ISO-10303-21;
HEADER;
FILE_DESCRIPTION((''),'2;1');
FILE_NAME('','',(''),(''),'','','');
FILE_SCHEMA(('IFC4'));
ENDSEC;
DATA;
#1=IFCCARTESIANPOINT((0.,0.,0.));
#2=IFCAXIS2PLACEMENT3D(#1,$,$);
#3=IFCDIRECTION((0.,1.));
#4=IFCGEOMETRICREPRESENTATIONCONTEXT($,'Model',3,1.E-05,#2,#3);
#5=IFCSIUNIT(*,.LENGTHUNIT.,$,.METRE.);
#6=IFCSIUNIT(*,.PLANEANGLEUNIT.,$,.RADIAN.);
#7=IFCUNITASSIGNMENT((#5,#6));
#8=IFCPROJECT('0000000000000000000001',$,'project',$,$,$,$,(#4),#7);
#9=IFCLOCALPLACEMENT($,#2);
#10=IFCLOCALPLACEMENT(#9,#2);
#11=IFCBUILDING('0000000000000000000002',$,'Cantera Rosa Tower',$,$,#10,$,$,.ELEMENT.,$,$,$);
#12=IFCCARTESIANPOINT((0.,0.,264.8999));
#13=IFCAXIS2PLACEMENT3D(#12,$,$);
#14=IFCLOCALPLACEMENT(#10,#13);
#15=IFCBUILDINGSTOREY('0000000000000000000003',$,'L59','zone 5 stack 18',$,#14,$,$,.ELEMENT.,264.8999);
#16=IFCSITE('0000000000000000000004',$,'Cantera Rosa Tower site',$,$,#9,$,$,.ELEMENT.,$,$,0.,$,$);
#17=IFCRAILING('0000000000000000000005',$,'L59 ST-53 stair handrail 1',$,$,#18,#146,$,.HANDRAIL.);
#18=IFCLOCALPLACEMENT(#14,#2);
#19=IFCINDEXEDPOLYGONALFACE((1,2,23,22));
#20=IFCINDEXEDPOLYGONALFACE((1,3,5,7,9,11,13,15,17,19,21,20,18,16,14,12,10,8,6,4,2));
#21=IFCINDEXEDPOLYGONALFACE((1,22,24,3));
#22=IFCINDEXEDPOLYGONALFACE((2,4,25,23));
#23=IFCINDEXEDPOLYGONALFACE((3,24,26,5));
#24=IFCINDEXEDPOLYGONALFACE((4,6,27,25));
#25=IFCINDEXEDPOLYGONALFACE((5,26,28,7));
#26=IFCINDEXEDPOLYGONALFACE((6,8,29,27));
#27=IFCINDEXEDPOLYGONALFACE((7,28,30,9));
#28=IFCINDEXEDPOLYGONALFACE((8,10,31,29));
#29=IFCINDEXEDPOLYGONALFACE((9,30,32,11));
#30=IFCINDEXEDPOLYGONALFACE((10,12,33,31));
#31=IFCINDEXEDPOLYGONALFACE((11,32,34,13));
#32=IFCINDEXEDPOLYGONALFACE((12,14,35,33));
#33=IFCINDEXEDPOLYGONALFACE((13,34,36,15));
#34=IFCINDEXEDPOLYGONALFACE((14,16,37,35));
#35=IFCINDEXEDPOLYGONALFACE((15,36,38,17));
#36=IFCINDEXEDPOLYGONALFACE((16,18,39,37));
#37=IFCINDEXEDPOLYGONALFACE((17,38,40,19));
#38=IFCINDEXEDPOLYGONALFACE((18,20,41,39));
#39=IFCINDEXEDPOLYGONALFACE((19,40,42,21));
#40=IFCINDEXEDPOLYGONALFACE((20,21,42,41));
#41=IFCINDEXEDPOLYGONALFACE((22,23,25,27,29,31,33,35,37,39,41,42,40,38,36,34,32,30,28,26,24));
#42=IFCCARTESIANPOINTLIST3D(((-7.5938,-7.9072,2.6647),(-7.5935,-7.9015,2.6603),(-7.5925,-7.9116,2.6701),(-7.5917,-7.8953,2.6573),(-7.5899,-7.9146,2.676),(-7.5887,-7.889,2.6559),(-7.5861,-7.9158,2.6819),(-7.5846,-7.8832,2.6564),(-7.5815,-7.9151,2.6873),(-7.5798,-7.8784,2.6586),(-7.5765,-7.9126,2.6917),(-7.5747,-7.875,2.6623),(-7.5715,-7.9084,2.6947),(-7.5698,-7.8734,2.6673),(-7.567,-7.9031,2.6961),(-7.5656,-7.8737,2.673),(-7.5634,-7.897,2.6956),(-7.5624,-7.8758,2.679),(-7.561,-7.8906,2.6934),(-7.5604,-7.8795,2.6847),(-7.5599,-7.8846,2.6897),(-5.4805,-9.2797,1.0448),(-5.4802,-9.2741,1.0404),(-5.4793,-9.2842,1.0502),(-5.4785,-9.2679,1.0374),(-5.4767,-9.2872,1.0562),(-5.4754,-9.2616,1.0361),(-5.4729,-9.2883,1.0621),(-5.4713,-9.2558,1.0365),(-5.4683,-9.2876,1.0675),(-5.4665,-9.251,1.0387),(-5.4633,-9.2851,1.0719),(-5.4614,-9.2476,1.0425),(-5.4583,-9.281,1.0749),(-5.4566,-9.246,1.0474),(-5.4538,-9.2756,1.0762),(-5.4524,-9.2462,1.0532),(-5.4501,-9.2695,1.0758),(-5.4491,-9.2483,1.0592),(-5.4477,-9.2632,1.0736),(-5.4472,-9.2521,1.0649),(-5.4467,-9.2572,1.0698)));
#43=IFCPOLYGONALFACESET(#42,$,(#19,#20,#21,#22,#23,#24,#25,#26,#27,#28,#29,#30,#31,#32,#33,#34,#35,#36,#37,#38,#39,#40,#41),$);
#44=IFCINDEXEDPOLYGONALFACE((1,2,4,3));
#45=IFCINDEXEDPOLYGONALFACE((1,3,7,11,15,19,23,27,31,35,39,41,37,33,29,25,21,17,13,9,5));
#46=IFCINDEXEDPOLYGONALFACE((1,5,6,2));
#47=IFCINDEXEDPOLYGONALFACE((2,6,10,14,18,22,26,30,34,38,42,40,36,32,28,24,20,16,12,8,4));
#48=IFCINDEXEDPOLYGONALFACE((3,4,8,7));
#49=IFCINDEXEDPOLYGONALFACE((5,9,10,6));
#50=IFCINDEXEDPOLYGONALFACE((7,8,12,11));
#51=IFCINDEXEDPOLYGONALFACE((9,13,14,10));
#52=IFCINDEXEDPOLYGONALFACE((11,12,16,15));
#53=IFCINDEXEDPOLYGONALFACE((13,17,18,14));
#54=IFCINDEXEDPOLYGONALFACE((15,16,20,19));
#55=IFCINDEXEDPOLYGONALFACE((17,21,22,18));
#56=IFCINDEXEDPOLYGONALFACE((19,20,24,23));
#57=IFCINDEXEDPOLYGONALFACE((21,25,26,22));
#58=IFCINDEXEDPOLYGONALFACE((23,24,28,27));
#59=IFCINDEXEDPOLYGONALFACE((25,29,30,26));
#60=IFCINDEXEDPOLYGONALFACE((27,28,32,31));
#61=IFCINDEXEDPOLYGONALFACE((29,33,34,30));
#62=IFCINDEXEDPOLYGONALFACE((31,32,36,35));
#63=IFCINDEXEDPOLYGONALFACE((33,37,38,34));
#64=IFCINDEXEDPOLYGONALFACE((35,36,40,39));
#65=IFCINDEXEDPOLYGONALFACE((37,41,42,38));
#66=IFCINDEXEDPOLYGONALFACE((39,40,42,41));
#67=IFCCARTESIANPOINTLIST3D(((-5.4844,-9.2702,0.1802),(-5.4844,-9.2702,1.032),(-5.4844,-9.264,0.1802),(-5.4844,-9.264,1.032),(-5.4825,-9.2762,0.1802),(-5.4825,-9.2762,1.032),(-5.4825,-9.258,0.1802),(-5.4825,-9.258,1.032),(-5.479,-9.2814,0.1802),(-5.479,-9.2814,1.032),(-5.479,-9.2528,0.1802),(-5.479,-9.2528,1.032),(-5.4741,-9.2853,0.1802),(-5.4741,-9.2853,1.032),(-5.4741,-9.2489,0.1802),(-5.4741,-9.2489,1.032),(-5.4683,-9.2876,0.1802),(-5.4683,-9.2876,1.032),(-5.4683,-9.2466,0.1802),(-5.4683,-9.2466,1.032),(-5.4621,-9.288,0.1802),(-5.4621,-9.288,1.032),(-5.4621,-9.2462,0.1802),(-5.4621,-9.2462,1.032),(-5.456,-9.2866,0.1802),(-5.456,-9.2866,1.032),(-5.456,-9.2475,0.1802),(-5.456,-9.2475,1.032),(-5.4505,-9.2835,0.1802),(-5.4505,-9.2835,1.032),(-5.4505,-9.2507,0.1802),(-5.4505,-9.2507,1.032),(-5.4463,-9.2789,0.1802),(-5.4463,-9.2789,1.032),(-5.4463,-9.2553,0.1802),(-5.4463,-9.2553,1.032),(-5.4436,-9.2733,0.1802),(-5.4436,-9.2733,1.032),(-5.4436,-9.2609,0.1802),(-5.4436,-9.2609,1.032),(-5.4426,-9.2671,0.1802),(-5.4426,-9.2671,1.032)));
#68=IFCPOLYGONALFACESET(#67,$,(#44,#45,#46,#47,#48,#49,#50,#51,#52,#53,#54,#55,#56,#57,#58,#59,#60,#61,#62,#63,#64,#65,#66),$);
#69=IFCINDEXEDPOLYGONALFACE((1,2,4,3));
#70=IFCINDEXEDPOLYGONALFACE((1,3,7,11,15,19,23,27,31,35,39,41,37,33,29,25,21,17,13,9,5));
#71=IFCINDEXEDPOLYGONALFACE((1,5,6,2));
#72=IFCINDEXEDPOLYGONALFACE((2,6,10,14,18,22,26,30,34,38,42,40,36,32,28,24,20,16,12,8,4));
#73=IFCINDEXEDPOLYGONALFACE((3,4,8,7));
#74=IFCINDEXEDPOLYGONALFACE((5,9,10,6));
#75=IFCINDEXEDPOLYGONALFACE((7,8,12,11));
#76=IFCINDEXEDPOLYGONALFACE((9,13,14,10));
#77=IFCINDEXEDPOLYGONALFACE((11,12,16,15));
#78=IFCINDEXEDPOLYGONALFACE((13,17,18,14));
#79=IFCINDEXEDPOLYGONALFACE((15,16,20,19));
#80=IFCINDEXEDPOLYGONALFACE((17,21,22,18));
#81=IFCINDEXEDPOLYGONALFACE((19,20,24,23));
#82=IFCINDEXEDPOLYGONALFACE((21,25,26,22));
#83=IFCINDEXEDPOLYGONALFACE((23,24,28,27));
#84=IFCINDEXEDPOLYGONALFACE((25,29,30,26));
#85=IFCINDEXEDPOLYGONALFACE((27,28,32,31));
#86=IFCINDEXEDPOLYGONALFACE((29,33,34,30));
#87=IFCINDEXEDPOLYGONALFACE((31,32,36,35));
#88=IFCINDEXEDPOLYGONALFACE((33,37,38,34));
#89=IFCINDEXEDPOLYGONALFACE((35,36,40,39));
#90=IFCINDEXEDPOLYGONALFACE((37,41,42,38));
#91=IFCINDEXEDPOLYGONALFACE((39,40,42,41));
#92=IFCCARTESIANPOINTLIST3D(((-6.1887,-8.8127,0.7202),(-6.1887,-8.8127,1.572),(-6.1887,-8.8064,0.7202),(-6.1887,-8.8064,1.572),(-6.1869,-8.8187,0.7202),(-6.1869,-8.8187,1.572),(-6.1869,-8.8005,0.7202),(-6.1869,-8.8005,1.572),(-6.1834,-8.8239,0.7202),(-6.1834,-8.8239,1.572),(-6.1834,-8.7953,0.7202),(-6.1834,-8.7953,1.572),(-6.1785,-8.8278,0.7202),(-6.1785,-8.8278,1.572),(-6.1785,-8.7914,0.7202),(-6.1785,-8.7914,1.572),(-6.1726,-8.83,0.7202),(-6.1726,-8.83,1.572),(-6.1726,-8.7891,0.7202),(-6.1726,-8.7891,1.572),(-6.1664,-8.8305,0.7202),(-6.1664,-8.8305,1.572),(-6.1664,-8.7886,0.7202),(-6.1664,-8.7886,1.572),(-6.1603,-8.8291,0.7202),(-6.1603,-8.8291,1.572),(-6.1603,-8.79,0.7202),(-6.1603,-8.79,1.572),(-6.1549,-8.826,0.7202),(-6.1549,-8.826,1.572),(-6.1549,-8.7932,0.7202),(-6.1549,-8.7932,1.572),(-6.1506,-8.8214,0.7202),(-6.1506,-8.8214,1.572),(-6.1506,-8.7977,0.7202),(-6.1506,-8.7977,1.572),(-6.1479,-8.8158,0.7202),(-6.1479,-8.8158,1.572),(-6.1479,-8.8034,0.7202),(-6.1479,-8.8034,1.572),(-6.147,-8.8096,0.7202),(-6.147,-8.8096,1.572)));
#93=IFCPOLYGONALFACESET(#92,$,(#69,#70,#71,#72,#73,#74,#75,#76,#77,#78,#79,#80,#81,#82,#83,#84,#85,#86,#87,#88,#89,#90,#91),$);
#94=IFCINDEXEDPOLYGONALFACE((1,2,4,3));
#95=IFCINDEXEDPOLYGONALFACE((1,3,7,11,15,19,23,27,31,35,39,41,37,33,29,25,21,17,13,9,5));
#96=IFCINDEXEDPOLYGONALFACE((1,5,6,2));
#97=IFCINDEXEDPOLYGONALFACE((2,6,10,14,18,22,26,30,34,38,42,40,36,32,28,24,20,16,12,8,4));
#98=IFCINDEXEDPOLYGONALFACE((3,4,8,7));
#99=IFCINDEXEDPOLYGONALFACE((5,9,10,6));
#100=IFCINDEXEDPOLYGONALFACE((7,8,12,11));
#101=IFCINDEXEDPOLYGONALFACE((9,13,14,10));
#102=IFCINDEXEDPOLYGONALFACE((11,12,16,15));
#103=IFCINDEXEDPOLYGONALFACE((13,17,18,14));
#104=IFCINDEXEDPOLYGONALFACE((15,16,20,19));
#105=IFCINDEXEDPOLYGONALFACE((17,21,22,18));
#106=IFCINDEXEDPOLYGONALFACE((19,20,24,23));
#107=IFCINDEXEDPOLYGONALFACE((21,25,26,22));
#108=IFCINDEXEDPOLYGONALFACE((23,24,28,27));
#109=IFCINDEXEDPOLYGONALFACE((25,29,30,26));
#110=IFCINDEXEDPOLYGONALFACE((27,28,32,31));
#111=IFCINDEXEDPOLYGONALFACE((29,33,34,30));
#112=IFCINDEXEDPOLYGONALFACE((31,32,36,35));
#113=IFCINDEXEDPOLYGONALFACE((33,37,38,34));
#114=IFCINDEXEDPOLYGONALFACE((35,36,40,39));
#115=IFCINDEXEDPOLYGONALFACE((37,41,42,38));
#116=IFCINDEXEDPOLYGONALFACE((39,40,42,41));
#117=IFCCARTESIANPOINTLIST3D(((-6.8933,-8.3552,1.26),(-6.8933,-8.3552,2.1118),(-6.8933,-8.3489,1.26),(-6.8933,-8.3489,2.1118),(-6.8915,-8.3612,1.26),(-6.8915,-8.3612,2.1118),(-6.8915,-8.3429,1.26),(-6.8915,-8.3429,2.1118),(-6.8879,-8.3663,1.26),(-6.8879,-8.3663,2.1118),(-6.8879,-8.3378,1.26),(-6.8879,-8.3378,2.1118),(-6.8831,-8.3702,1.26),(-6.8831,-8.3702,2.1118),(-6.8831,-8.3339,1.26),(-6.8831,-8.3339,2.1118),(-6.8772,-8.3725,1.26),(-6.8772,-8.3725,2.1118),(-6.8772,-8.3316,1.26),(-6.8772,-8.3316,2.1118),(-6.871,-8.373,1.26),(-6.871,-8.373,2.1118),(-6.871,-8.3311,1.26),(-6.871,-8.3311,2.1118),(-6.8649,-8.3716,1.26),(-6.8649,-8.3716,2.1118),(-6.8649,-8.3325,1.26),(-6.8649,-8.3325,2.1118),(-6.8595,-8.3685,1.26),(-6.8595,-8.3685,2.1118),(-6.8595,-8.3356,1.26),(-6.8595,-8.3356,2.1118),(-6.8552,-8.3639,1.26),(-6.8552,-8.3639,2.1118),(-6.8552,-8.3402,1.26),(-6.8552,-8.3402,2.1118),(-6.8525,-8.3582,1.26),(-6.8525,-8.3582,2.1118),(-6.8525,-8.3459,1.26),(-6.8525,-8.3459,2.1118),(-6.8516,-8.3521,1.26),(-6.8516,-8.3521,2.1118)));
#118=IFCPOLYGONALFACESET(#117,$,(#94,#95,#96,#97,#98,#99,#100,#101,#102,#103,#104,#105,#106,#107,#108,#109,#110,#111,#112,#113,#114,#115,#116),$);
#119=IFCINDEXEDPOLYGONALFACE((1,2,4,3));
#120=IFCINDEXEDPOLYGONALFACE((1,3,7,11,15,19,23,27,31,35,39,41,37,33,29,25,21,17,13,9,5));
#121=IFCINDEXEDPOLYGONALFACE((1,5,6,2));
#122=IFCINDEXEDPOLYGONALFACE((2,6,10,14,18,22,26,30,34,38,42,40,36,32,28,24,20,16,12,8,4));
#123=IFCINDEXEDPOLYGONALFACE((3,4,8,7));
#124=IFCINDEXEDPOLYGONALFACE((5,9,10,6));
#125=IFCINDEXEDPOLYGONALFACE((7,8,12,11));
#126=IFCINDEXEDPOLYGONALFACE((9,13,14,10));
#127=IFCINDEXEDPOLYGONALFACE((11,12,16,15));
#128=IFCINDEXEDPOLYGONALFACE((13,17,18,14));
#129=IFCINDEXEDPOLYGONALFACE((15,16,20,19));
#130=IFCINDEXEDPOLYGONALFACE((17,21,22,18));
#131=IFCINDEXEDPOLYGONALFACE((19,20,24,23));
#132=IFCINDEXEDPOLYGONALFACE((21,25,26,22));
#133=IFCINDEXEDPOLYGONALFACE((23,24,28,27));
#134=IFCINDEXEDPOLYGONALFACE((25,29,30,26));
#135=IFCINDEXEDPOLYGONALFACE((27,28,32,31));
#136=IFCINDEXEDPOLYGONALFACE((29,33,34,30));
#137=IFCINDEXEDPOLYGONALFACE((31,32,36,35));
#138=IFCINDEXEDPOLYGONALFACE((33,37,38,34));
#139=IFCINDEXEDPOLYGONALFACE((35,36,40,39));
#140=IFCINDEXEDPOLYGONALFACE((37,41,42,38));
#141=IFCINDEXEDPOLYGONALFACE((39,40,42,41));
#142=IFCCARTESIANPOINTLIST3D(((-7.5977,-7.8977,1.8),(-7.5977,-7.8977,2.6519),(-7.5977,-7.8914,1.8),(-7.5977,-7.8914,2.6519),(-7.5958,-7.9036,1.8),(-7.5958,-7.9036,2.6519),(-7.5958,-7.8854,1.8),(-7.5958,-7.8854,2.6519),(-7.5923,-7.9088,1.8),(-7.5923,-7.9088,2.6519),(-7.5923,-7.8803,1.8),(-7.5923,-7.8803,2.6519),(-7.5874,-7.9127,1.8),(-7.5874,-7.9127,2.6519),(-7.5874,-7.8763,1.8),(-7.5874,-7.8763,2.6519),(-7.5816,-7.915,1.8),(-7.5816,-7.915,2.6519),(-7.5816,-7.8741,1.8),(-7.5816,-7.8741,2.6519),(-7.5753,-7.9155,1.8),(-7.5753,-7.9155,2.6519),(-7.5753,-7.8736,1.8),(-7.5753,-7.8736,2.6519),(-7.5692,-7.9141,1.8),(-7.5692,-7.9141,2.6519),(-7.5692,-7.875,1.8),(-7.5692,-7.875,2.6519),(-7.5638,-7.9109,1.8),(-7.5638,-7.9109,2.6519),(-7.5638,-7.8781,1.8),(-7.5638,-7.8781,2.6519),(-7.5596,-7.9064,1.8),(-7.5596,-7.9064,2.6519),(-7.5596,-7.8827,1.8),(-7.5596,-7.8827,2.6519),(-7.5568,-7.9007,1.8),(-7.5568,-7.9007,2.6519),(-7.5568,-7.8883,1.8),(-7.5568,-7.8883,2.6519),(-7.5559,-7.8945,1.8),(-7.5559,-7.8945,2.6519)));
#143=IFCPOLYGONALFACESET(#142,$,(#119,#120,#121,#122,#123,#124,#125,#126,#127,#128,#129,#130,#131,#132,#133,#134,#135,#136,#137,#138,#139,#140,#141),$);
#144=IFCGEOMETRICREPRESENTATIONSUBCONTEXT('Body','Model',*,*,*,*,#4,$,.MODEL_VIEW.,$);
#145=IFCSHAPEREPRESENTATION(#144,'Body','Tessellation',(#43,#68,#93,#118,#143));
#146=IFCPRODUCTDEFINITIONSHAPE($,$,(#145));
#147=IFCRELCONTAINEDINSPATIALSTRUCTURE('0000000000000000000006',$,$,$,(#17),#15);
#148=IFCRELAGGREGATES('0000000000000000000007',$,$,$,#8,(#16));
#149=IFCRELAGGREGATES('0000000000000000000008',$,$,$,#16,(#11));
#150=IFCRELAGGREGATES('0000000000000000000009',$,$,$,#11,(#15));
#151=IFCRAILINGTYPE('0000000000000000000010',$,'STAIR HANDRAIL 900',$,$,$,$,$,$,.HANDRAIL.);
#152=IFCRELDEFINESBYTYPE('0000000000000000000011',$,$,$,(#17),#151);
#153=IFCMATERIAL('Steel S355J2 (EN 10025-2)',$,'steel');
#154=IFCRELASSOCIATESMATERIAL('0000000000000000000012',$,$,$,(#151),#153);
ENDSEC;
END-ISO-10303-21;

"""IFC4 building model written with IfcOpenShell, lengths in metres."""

from ifc_helpers import new_model, si_unit, direction, frame, origin, origin_2d, place, context, subcontext, project, spatial, circle, extrude, material, type_object, element, save


model = new_model("IFC4")

# Units and contexts
model_context = context("Model", 3, precision=1e-05, world=origin(), true_north=direction((0.0, 1.0)))
body_context = subcontext(model_context, "Body", "Model", "MODEL_VIEW")
ifc_project = project(units=[si_unit("LENGTHUNIT", "METRE"), si_unit("PLANEANGLEUNIT", "RADIAN")], contexts=[model_context])

# Site, building, storey
site_placement = place(None, origin())
site = spatial("IfcSite", under=ifc_project, at=site_placement, Name="Cantera Rosa Tower site", CompositionType="ELEMENT", RefElevation=0.0)
building_placement = place(site_placement, origin())
building = spatial("IfcBuilding", under=site, at=building_placement, Name="Cantera Rosa Tower", CompositionType="ELEMENT")
storey_placement = place(building_placement, frame((0.0, 0.0, 264.8999)))
storey = spatial("IfcBuildingStorey", under=building, at=storey_placement, Name="L59", Description="zone 5 stack 18", CompositionType="ELEMENT", Elevation=264.8999)

# Railing
ifc_material_1 = material(Name="Steel S355J2 (EN 10025-2)", Category="steel")
railing_type_1 = type_object("IfcRailingType", Name="STAIR HANDRAIL 900", PredefinedType="HANDRAIL", material=ifc_material_1)
railing_1_placement = place(storey_placement, frame((-5.4636, -9.2671, 0.1802)))
element("IfcRailing", 1, at=railing_1_placement, inside=storey, type_object=railing_type_1, Name="L59 ST-53 stair handrail 1", PredefinedType="HANDRAIL", context=body_context, shape_type="SweptSolid", body=[
    extrude(circle(Radius=0.0239, at=origin_2d()), frame((0.0, 0.0, 0.876), z_axis=(-0.705452, 0.458185, 0.540743), x_axis=(-0.544689, -0.838638, 0.0)), (0.0, 0.0, 1.0), 2.9956),
    extrude(circle(Radius=0.021, at=origin_2d()), origin(), (0.0, 0.0, 1.0), 0.8518),
    extrude(circle(Radius=0.021, at=origin_2d()), frame((-0.7043, 0.4575, 0.54)), (0.0, 0.0, 1.0), 0.8518),
    extrude(circle(Radius=0.021, at=origin_2d()), frame((-1.4089, 0.915, 1.0798)), (0.0, 0.0, 1.0), 0.8518),
    extrude(circle(Radius=0.021, at=origin_2d()), frame((-2.1133, 1.3726, 1.6199)), (0.0, 0.0, 1.0), 0.8518),
])

save(model, "model.ifc")
